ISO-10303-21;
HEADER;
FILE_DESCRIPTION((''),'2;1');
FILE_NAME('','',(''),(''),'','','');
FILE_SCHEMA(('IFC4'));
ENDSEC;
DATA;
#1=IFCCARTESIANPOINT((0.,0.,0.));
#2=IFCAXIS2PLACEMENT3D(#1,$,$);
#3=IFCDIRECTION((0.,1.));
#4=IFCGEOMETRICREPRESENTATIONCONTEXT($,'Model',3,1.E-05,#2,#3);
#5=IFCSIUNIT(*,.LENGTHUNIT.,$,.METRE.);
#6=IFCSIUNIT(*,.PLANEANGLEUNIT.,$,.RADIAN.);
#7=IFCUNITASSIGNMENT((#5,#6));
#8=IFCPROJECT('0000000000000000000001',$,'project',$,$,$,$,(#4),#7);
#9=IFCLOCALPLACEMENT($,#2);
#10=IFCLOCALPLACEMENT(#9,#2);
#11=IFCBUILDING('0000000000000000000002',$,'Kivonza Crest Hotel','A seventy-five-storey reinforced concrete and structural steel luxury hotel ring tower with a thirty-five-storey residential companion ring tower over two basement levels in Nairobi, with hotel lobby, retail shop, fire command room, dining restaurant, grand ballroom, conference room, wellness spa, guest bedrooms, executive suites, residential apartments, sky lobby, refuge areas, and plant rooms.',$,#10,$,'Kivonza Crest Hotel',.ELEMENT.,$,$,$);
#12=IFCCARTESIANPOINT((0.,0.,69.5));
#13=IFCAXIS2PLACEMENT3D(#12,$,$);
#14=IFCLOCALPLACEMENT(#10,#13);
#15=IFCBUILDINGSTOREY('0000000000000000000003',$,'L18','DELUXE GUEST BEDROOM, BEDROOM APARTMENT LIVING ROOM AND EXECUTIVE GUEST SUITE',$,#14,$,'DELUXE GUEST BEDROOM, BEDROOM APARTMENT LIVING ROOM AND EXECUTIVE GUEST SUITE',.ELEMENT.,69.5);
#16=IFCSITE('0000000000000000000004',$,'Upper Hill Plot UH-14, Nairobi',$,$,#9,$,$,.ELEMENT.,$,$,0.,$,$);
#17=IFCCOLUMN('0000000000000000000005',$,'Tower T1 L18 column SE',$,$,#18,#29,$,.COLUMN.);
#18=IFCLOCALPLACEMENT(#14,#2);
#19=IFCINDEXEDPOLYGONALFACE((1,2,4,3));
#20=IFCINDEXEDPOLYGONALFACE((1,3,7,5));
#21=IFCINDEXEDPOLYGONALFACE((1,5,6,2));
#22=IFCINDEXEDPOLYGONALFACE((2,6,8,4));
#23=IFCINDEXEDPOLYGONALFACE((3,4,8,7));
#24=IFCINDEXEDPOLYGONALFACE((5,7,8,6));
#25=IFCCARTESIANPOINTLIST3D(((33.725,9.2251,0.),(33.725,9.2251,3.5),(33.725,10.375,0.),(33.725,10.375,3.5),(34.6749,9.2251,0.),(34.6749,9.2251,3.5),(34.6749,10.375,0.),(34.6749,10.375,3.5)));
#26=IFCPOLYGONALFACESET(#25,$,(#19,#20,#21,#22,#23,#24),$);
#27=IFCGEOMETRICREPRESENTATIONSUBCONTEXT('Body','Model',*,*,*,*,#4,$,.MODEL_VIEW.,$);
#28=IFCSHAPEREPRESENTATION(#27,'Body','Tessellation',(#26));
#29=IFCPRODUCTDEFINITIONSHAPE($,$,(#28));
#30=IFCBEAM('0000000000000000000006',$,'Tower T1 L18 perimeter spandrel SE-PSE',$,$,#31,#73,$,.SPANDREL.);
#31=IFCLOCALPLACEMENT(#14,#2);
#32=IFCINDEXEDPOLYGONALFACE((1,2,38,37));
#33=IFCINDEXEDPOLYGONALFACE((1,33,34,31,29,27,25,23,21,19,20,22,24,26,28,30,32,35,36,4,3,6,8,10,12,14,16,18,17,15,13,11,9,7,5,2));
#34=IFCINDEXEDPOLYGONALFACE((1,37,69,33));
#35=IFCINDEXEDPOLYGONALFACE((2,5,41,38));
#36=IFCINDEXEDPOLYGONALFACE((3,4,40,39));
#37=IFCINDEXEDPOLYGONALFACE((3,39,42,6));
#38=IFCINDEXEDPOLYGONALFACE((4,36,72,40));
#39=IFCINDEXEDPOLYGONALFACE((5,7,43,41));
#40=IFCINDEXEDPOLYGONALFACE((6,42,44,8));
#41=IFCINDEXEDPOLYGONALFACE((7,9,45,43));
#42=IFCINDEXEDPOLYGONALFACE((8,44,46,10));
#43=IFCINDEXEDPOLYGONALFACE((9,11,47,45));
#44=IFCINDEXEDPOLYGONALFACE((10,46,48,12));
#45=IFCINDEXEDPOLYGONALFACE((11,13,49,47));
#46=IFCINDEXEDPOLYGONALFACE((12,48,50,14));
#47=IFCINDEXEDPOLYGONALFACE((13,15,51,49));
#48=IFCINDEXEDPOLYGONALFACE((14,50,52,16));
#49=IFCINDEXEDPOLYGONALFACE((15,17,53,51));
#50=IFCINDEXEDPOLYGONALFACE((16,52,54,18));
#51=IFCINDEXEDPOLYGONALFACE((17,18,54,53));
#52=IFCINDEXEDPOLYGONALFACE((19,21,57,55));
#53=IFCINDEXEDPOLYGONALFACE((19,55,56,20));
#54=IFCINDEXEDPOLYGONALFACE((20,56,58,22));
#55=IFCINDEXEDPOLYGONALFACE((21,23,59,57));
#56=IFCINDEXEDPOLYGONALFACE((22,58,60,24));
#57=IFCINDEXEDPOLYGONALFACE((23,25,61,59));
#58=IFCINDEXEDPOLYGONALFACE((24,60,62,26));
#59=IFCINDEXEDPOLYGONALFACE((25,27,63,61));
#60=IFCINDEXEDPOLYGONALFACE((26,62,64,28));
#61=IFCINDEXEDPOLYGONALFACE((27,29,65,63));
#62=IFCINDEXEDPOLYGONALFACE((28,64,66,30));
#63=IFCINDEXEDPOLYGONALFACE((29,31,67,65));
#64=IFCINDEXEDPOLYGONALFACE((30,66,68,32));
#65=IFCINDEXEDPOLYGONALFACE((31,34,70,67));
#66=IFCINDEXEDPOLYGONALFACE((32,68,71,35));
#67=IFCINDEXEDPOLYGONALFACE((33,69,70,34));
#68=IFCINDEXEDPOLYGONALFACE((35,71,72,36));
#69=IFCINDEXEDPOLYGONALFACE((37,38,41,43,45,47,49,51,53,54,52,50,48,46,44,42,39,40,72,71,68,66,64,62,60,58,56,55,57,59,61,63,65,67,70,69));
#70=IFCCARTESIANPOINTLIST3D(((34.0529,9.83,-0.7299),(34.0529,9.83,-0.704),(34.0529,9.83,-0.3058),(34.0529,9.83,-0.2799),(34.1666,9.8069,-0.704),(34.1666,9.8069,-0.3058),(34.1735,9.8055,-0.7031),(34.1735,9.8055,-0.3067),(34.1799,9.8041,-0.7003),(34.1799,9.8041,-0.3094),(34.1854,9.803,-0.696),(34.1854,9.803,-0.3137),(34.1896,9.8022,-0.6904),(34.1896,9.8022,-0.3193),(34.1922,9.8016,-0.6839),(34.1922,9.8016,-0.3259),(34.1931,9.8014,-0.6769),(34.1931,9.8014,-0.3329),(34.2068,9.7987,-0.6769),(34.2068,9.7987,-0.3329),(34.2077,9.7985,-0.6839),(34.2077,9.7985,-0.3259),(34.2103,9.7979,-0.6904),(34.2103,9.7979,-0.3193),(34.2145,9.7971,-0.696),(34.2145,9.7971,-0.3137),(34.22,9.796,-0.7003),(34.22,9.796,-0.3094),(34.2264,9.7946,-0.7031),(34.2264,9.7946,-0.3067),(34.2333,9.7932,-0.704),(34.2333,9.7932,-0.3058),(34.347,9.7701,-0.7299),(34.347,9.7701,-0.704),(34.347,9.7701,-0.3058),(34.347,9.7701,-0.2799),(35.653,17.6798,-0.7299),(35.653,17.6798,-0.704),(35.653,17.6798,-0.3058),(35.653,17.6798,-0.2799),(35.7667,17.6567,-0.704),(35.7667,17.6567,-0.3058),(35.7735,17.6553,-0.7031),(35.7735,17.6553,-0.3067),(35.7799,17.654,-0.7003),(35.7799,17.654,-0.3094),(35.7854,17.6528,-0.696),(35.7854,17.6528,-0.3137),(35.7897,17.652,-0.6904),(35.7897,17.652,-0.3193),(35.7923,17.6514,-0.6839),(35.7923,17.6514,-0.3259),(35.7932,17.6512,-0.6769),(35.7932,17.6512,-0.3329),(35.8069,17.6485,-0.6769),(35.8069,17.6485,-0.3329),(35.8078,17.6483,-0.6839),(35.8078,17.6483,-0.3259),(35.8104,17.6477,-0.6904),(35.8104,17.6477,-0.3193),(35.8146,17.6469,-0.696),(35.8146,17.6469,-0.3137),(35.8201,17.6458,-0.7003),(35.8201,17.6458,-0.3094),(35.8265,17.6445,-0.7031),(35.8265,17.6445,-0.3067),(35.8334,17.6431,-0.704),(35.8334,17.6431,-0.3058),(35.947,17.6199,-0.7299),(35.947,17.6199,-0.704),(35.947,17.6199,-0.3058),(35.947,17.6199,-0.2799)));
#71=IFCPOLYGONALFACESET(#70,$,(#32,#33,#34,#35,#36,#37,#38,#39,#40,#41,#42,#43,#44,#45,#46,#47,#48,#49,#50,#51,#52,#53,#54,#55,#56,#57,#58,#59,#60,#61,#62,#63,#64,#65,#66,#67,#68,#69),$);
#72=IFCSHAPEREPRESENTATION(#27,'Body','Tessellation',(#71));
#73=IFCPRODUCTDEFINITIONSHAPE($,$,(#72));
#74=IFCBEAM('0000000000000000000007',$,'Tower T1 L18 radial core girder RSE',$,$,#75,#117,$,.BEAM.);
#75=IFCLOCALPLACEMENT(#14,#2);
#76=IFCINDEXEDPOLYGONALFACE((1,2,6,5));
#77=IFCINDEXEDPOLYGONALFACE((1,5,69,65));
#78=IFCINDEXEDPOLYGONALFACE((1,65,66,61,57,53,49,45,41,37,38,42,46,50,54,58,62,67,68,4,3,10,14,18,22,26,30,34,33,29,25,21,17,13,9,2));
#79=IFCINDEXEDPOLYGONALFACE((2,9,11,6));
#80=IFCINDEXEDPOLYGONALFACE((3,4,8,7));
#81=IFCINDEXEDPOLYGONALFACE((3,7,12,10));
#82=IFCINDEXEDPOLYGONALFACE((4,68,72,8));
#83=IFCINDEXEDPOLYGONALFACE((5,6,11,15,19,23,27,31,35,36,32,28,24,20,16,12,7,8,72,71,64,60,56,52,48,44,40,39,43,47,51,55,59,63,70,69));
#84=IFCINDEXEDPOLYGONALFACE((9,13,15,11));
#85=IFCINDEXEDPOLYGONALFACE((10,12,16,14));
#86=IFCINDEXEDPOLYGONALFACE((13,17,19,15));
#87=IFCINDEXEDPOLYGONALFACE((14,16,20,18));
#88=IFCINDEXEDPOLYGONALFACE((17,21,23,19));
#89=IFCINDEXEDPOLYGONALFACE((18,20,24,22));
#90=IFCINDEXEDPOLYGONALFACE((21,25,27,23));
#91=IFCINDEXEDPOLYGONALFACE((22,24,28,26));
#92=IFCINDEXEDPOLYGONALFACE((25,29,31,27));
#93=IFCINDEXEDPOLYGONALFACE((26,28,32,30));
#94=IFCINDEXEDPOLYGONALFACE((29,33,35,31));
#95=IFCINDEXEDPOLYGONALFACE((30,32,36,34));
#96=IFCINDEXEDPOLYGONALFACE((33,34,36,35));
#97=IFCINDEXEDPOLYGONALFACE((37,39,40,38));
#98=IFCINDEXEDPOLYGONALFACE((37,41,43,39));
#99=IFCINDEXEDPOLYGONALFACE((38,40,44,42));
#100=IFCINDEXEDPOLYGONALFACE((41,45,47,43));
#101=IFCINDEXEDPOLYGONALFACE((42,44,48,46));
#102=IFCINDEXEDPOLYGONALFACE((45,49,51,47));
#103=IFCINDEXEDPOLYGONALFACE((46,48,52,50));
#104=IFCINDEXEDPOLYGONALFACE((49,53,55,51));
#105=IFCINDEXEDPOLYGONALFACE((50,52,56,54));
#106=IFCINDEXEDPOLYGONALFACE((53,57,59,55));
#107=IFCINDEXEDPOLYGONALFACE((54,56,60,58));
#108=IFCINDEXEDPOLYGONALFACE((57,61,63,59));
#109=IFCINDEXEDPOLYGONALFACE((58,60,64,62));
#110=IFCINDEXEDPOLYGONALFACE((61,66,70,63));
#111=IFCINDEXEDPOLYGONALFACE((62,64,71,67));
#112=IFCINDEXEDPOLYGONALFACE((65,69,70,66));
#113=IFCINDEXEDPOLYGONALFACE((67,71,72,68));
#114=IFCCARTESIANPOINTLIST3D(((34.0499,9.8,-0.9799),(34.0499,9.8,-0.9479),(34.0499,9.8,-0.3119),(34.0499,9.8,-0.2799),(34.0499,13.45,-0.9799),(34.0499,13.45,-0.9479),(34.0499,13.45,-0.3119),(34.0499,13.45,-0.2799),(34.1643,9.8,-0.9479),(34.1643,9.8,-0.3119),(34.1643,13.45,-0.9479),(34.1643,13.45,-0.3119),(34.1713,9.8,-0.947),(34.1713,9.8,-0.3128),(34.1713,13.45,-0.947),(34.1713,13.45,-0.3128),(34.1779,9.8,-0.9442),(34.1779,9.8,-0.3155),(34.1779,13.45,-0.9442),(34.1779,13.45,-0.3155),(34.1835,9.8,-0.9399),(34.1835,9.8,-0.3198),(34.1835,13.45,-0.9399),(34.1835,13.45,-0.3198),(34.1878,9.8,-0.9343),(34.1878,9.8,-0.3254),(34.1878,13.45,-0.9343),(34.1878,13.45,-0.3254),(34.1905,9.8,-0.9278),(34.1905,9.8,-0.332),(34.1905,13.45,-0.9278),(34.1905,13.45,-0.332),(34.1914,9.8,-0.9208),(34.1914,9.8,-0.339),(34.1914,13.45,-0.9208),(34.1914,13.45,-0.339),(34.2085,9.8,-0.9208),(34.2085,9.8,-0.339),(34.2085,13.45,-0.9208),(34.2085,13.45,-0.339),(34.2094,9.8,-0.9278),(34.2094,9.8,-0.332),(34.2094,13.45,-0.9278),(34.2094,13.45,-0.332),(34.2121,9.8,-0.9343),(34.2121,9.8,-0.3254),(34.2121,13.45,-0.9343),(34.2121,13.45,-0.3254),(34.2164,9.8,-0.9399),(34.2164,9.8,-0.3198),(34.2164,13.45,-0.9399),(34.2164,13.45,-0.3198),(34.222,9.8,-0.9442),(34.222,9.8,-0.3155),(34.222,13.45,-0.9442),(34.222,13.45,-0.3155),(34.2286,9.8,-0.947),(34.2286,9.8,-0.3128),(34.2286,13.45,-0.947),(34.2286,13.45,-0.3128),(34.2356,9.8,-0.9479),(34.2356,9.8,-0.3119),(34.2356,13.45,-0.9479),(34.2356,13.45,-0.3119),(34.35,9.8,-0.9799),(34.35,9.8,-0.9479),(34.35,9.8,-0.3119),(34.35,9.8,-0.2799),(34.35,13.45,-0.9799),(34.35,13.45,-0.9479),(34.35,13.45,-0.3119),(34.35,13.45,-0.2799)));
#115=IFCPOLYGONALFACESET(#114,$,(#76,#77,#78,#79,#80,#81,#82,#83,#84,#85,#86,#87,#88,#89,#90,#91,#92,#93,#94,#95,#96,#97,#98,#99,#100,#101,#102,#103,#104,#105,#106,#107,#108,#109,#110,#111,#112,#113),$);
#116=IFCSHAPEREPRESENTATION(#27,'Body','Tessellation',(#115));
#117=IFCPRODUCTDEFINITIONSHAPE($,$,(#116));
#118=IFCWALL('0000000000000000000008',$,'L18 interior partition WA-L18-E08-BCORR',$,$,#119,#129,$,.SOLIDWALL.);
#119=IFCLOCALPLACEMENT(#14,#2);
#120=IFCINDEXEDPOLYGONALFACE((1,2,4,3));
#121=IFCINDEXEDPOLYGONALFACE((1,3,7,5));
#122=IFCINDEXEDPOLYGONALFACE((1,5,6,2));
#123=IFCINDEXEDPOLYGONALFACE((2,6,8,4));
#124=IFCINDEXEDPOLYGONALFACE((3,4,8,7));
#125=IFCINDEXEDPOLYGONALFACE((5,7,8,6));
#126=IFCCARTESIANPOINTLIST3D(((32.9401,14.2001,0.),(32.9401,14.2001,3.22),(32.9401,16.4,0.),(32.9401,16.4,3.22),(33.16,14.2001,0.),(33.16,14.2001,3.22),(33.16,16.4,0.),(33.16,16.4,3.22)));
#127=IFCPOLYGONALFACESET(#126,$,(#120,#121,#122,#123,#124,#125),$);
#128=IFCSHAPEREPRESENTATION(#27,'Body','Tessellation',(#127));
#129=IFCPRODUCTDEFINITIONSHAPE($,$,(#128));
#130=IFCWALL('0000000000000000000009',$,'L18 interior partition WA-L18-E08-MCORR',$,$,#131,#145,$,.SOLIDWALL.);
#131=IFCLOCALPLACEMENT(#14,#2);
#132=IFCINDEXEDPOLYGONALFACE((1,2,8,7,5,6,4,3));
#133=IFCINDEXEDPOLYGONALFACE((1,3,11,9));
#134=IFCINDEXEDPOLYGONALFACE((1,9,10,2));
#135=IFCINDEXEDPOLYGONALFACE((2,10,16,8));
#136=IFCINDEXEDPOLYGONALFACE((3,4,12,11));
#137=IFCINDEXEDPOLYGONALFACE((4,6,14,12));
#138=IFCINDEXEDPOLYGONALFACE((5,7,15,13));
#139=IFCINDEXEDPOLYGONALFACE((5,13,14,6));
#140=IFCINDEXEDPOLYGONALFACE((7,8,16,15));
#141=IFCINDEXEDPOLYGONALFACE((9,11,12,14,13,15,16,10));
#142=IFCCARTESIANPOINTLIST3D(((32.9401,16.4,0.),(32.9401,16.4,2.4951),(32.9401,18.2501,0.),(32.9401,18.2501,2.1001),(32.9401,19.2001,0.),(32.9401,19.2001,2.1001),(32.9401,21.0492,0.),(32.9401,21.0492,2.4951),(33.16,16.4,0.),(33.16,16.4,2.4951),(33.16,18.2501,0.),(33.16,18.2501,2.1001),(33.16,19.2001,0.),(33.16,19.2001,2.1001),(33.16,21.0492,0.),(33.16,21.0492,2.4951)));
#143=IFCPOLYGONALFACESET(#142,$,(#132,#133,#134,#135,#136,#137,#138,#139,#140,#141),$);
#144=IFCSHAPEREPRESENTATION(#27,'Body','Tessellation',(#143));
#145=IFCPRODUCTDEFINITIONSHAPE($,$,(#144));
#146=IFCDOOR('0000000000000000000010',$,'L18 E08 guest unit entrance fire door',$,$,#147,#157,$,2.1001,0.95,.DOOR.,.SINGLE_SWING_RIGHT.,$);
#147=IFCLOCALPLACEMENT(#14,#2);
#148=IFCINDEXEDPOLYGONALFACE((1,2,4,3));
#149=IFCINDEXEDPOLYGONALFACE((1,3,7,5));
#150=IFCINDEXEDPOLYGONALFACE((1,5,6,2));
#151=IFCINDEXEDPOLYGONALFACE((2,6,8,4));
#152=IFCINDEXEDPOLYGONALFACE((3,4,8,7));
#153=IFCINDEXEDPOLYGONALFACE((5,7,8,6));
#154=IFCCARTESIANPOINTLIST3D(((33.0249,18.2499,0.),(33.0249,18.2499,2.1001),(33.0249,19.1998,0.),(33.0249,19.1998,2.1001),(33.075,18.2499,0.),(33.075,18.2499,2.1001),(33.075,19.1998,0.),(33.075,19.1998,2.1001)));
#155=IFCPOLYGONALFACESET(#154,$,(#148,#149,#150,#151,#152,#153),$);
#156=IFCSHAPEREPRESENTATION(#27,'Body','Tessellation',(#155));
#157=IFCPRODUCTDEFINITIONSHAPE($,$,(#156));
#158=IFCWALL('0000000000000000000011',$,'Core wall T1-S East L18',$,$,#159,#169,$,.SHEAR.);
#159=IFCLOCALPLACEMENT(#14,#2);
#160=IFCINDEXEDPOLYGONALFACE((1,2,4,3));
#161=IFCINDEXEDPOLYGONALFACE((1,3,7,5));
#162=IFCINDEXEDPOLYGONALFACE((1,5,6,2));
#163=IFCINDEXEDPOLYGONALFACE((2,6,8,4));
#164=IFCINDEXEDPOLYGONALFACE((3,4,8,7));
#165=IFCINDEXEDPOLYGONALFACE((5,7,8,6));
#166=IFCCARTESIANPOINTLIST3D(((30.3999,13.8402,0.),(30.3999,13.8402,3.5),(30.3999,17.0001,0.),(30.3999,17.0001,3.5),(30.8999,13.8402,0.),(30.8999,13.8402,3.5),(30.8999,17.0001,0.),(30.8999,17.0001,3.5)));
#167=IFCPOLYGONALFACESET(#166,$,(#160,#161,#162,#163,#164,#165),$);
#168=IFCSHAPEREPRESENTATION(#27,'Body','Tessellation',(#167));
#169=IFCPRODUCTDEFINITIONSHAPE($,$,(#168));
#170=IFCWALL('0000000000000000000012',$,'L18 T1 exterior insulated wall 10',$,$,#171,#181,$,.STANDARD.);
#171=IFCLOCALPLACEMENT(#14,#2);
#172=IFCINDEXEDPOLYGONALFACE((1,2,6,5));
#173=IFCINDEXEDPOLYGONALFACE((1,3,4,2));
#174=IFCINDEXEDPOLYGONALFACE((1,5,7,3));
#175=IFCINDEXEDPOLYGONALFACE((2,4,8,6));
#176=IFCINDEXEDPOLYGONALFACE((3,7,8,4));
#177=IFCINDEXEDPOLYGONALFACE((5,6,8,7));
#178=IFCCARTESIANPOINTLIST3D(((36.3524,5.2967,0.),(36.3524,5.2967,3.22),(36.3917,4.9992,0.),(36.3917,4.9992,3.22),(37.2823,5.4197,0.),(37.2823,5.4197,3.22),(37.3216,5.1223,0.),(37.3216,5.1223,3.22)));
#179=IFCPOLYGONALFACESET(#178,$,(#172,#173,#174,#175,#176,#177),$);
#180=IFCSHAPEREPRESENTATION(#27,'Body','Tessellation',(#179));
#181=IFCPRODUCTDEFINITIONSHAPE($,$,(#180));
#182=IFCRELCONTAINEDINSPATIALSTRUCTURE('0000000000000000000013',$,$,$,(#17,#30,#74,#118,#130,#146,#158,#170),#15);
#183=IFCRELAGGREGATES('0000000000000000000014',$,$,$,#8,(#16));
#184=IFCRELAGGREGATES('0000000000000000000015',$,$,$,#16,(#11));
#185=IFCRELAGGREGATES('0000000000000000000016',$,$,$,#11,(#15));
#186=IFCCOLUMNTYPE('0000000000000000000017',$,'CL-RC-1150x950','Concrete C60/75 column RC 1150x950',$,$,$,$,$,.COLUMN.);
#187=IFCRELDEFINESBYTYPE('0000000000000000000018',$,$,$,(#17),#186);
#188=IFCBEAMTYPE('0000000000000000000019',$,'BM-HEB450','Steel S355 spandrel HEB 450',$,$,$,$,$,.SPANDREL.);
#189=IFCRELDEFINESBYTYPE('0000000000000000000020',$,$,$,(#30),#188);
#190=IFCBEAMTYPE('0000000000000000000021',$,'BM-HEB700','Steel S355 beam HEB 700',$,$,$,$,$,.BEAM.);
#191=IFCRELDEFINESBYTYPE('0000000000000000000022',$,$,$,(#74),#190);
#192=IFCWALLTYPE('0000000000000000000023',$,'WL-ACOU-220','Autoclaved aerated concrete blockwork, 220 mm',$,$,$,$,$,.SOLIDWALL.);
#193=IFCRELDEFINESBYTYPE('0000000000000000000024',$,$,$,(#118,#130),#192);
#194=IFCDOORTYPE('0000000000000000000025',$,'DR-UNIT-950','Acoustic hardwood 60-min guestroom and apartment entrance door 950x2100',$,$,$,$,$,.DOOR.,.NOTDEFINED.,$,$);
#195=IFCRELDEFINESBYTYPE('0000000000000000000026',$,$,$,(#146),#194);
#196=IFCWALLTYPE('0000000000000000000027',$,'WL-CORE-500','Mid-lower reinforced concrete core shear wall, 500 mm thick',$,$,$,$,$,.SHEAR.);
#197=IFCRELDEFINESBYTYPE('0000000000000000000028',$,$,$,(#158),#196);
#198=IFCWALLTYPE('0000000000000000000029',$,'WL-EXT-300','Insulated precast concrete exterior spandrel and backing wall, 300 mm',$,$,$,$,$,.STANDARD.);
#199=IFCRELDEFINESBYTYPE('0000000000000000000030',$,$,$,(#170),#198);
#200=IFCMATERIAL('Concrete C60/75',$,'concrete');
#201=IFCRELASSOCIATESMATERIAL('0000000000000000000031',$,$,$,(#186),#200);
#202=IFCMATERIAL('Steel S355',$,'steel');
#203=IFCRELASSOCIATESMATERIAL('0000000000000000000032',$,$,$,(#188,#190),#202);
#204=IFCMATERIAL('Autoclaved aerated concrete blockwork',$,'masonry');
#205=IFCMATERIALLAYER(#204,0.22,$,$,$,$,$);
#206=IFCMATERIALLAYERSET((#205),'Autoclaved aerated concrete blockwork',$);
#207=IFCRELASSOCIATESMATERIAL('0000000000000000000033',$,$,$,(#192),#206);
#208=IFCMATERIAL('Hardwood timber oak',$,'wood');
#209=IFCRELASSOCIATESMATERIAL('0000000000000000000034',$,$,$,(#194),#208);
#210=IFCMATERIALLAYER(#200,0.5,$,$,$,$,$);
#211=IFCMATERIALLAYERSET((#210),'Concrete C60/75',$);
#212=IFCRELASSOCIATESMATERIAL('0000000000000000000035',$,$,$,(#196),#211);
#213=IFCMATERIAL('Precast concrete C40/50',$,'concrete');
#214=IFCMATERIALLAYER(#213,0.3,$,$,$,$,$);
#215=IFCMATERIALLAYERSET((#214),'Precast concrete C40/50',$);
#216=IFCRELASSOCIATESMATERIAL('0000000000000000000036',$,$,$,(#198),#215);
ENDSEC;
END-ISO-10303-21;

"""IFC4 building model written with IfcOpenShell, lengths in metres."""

from ifc_helpers import new_model, si_unit, direction, frame, frame_2d, origin, origin_2d, place, context, subcontext, project, spatial, rectangle, i_section, extrude, material, layer, layer_set, material_profile, profile_set, type_object, element, fill, save


model = new_model("IFC4")

# Units and contexts
model_context = context("Model", 3, precision=1e-05, world=origin(), true_north=direction((0.0, 1.0)))
body_context = subcontext(model_context, "Body", "Model", "MODEL_VIEW")
ifc_project = project(units=[si_unit("LENGTHUNIT", "METRE"), si_unit("PLANEANGLEUNIT", "RADIAN")], contexts=[model_context])

# Site, building, storey
site_placement = place(None, origin())
site = spatial("IfcSite", under=ifc_project, at=site_placement, Name="Upper Hill Plot UH-14, Nairobi", CompositionType="ELEMENT", RefElevation=0.0)
building_placement = place(site_placement, origin())
building = spatial("IfcBuilding", under=site, at=building_placement, Name="Kivonza Crest Hotel", Description="A seventy-five-storey reinforced concrete and structural steel luxury hotel ring tower with a thirty-five-storey residential companion ring tower over two basement levels in Nairobi, with hotel lobby, retail shop, fire command room, dining restaurant, grand ballroom, conference room, wellness spa, guest bedrooms, executive suites, residential apartments, sky lobby, refuge areas, and plant rooms.", LongName="Kivonza Crest Hotel", CompositionType="ELEMENT")
storey_placement = place(building_placement, frame((0.0, 0.0, 69.5)))
storey = spatial("IfcBuildingStorey", under=building, at=storey_placement, Name="L18", Description="DELUXE GUEST BEDROOM, BEDROOM APARTMENT LIVING ROOM AND EXECUTIVE GUEST SUITE", LongName="DELUXE GUEST BEDROOM, BEDROOM APARTMENT LIVING ROOM AND EXECUTIVE GUEST SUITE", CompositionType="ELEMENT", Elevation=69.5)

# Column
ifc_material_1 = material(Name="Concrete C60/75", Category="concrete")
ifc_material_profile_1 = material_profile(ifc_material_1, rectangle(XDim=0.95, YDim=1.1499, at=origin_2d()), Name="RC 1150x950")
ifc_profile_set_1 = profile_set([ifc_material_profile_1], Name="Concrete C60/75")
column_type = type_object("IfcColumnType", Name="CL-RC-1150x950", Description="Concrete C60/75 column RC 1150x950", PredefinedType="COLUMN", material=ifc_profile_set_1)
column_placement = place(storey_placement, frame((34.2, 9.8, 0.0), z_axis=(0.0, 0.0, 1.0), x_axis=(1.0, 0.0, 0.0)))
element("IfcColumn", 1, at=column_placement, inside=storey, type_object=column_type, Name="Tower T1 L18 column SE", PredefinedType="COLUMN", context=body_context, shape_type="SweptSolid", body=[
    extrude(rectangle(XDim=0.95, YDim=1.1499, at=origin_2d()), origin(), (0.0, 0.0, 1.0), 3.5),
])

# Beams
ifc_material_2 = material(Name="Steel S355", Category="steel")
ifc_material_profile_2 = material_profile(ifc_material_2, i_section(OverallWidth=0.3, OverallDepth=0.45, WebThickness=0.0139, FlangeThickness=0.0259, FilletRadius=0.0271, at=origin_2d()), Name="HEB 450")
ifc_profile_set_2 = profile_set([ifc_material_profile_2], Name="Steel S355")
beam_type_1 = type_object("IfcBeamType", Name="BM-HEB450", Description="Steel S355 spandrel HEB 450", PredefinedType="SPANDREL", material=ifc_profile_set_2)
beam_1_placement = place(storey_placement, frame((34.2, 9.8, -0.5049), z_axis=(0.199731, 0.979851, 0.0), x_axis=(-0.979851, 0.199731, 0.0)))
element("IfcBeam", 2, at=beam_1_placement, inside=storey, type_object=beam_type_1, Name="Tower T1 L18 perimeter spandrel SE-PSE", PredefinedType="SPANDREL", context=body_context, shape_type="SweptSolid", body=[
    extrude(i_section(OverallWidth=0.3, OverallDepth=0.45, WebThickness=0.0139, FlangeThickness=0.0259, FilletRadius=0.0271, at=origin_2d()), origin(), (0.0, 0.0, 1.0), 8.0112),
])
ifc_material_profile_3 = material_profile(ifc_material_2, i_section(OverallWidth=0.3, OverallDepth=0.7, WebThickness=0.0171, FlangeThickness=0.032, FilletRadius=0.0271, at=origin_2d()), Name="HEB 700")
ifc_profile_set_3 = profile_set([ifc_material_profile_3], Name="Steel S355")
beam_type_2 = type_object("IfcBeamType", Name="BM-HEB700", Description="Steel S355 beam HEB 700", PredefinedType="BEAM", material=ifc_profile_set_3)
beam_2_placement = place(storey_placement, frame((34.2, 9.8, -0.6299), z_axis=(0.0, 1.0, 0.0), x_axis=(-1.0, 0.0, 0.0)))
element("IfcBeam", 3, at=beam_2_placement, inside=storey, type_object=beam_type_2, Name="Tower T1 L18 radial core girder RSE", PredefinedType="BEAM", context=body_context, shape_type="SweptSolid", body=[
    extrude(i_section(OverallWidth=0.3, OverallDepth=0.7, WebThickness=0.0171, FlangeThickness=0.032, FilletRadius=0.0271, at=origin_2d()), origin(), (0.0, 0.0, 1.0), 3.6499),
])

# Wall
ifc_material_3 = material(Name="Autoclaved aerated concrete blockwork", Category="masonry")
ifc_layer_1 = layer(ifc_material_3, 0.22)
ifc_layer_set_1 = layer_set([ifc_layer_1], Name="Autoclaved aerated concrete blockwork")
wall_type_1 = type_object("IfcWallType", Name="WL-ACOU-220", Description="Autoclaved aerated concrete blockwork, 220 mm", PredefinedType="SOLIDWALL", material=ifc_layer_set_1)
wall_1_placement = place(storey_placement, frame((33.05, 14.2, 0.0), z_axis=(0.0, 0.0, 1.0), x_axis=(0.0, 1.0, 0.0)))
element("IfcWall", 4, at=wall_1_placement, inside=storey, type_object=wall_type_1, Name="L18 interior partition WA-L18-E08-BCORR", PredefinedType="SOLIDWALL", context=body_context, shape_type="SweptSolid", body=[
    extrude(rectangle(XDim=2.2, YDim=0.22, at=frame_2d((1.1001, 0.0))), origin(), (0.0, 0.0, 1.0), 3.22),
])

# Wall, opening, door
wall_2_placement = place(storey_placement, frame((33.05, 16.3999, 0.0), z_axis=(0.0, 0.0, 1.0), x_axis=(0.0, 1.0, 0.0)))
wall_2 = element("IfcWall", 5, at=wall_2_placement, inside=storey, type_object=wall_type_1, Name="L18 interior partition WA-L18-E08-MCORR", PredefinedType="SOLIDWALL", context=body_context, shape_type="SweptSolid", body=[
    extrude(rectangle(XDim=4.6492, YDim=0.22, at=frame_2d((2.3247, 0.0))), origin(), (0.0, 0.0, 1.0), 2.4951),
])
opening_1_placement = place(wall_2_placement, frame((1.8501, 0.0, 0.0)))
opening_1 = element("IfcOpeningElement", 6, at=opening_1_placement, cuts=wall_2, PredefinedType="OPENING", context=body_context, shape_type="SweptSolid", body=[
    extrude(rectangle(XDim=0.95, YDim=2.1001, at=frame_2d((0.4751, 1.05))), frame((0.0, 0.1201, 0.0), z_axis=(0.0, -1.0, 0.0), x_axis=(1.0, 0.0, 0.0)), (0.0, 0.0, 1.0), 0.24),
])
ifc_material_4 = material(Name="Hardwood timber oak", Category="wood")
door_type_1 = type_object("IfcDoorType", Name="DR-UNIT-950", Description="Acoustic hardwood 60-min guestroom and apartment entrance door 950x2100", OperationType="NOTDEFINED", PredefinedType="DOOR", material=ifc_material_4)
door_1_placement = place(opening_1_placement, frame((0.95, 0.0, 0.0), z_axis=(0.0, 0.0, 1.0), x_axis=(-1.0, 0.0, 0.0)))
door_1 = element("IfcDoor", 7, at=door_1_placement, inside=storey, type_object=door_type_1, Name="L18 E08 guest unit entrance fire door", OperationType="SINGLE_SWING_RIGHT", OverallHeight=2.1001, OverallWidth=0.95, PredefinedType="DOOR", context=body_context, shape_type="SweptSolid", body=[
    extrude(rectangle(XDim=0.95, YDim=2.1001, at=frame_2d((0.4751, 1.05))), frame((0.0, 0.0249, 0.0), z_axis=(0.0, -1.0, 0.0), x_axis=(1.0, 0.0, 0.0)), (0.0, 0.0, 1.0), 0.05),
])
fill(opening_1, door_1)

# Walls
ifc_layer_2 = layer(ifc_material_1, 0.5)
ifc_layer_set_2 = layer_set([ifc_layer_2], Name="Concrete C60/75")
wall_type_2 = type_object("IfcWallType", Name="WL-CORE-500", Description="Mid-lower reinforced concrete core shear wall, 500 mm thick", PredefinedType="SHEAR", material=ifc_layer_set_2)
wall_3_placement = place(storey_placement, frame((30.6499, 13.8401, 0.0), z_axis=(0.0, 0.0, 1.0), x_axis=(0.0, 1.0, 0.0)))
element("IfcWall", 8, at=wall_3_placement, inside=storey, type_object=wall_type_2, Name="Core wall T1-S East L18", PredefinedType="SHEAR", context=body_context, shape_type="SweptSolid", body=[
    extrude(rectangle(XDim=3.1599, YDim=0.5, at=frame_2d((1.5801, 0.0))), origin(), (0.0, 0.0, 1.0), 3.5),
])
ifc_material_5 = material(Name="Precast concrete C40/50", Category="concrete")
ifc_layer_3 = layer(ifc_material_5, 0.3)
ifc_layer_set_3 = layer_set([ifc_layer_3], Name="Precast concrete C40/50")
wall_type_3 = type_object("IfcWallType", Name="WL-EXT-300", Description="Insulated precast concrete exterior spandrel and backing wall, 300 mm", PredefinedType="STANDARD", material=ifc_layer_set_3)
wall_4_placement = place(storey_placement, frame((36.3721, 5.1479, 0.0), z_axis=(0.0, 0.0, 1.0), x_axis=(0.991359, 0.131175, 0.0)))
element("IfcWall", 9, at=wall_4_placement, inside=storey, type_object=wall_type_3, Name="L18 T1 exterior insulated wall 10", PredefinedType="STANDARD", context=body_context, shape_type="SweptSolid", body=[
    extrude(rectangle(XDim=0.938, YDim=0.3, at=frame_2d((0.469, 0.0))), origin(), (0.0, 0.0, 1.0), 3.22),
])

save(model, "model.ifc")
